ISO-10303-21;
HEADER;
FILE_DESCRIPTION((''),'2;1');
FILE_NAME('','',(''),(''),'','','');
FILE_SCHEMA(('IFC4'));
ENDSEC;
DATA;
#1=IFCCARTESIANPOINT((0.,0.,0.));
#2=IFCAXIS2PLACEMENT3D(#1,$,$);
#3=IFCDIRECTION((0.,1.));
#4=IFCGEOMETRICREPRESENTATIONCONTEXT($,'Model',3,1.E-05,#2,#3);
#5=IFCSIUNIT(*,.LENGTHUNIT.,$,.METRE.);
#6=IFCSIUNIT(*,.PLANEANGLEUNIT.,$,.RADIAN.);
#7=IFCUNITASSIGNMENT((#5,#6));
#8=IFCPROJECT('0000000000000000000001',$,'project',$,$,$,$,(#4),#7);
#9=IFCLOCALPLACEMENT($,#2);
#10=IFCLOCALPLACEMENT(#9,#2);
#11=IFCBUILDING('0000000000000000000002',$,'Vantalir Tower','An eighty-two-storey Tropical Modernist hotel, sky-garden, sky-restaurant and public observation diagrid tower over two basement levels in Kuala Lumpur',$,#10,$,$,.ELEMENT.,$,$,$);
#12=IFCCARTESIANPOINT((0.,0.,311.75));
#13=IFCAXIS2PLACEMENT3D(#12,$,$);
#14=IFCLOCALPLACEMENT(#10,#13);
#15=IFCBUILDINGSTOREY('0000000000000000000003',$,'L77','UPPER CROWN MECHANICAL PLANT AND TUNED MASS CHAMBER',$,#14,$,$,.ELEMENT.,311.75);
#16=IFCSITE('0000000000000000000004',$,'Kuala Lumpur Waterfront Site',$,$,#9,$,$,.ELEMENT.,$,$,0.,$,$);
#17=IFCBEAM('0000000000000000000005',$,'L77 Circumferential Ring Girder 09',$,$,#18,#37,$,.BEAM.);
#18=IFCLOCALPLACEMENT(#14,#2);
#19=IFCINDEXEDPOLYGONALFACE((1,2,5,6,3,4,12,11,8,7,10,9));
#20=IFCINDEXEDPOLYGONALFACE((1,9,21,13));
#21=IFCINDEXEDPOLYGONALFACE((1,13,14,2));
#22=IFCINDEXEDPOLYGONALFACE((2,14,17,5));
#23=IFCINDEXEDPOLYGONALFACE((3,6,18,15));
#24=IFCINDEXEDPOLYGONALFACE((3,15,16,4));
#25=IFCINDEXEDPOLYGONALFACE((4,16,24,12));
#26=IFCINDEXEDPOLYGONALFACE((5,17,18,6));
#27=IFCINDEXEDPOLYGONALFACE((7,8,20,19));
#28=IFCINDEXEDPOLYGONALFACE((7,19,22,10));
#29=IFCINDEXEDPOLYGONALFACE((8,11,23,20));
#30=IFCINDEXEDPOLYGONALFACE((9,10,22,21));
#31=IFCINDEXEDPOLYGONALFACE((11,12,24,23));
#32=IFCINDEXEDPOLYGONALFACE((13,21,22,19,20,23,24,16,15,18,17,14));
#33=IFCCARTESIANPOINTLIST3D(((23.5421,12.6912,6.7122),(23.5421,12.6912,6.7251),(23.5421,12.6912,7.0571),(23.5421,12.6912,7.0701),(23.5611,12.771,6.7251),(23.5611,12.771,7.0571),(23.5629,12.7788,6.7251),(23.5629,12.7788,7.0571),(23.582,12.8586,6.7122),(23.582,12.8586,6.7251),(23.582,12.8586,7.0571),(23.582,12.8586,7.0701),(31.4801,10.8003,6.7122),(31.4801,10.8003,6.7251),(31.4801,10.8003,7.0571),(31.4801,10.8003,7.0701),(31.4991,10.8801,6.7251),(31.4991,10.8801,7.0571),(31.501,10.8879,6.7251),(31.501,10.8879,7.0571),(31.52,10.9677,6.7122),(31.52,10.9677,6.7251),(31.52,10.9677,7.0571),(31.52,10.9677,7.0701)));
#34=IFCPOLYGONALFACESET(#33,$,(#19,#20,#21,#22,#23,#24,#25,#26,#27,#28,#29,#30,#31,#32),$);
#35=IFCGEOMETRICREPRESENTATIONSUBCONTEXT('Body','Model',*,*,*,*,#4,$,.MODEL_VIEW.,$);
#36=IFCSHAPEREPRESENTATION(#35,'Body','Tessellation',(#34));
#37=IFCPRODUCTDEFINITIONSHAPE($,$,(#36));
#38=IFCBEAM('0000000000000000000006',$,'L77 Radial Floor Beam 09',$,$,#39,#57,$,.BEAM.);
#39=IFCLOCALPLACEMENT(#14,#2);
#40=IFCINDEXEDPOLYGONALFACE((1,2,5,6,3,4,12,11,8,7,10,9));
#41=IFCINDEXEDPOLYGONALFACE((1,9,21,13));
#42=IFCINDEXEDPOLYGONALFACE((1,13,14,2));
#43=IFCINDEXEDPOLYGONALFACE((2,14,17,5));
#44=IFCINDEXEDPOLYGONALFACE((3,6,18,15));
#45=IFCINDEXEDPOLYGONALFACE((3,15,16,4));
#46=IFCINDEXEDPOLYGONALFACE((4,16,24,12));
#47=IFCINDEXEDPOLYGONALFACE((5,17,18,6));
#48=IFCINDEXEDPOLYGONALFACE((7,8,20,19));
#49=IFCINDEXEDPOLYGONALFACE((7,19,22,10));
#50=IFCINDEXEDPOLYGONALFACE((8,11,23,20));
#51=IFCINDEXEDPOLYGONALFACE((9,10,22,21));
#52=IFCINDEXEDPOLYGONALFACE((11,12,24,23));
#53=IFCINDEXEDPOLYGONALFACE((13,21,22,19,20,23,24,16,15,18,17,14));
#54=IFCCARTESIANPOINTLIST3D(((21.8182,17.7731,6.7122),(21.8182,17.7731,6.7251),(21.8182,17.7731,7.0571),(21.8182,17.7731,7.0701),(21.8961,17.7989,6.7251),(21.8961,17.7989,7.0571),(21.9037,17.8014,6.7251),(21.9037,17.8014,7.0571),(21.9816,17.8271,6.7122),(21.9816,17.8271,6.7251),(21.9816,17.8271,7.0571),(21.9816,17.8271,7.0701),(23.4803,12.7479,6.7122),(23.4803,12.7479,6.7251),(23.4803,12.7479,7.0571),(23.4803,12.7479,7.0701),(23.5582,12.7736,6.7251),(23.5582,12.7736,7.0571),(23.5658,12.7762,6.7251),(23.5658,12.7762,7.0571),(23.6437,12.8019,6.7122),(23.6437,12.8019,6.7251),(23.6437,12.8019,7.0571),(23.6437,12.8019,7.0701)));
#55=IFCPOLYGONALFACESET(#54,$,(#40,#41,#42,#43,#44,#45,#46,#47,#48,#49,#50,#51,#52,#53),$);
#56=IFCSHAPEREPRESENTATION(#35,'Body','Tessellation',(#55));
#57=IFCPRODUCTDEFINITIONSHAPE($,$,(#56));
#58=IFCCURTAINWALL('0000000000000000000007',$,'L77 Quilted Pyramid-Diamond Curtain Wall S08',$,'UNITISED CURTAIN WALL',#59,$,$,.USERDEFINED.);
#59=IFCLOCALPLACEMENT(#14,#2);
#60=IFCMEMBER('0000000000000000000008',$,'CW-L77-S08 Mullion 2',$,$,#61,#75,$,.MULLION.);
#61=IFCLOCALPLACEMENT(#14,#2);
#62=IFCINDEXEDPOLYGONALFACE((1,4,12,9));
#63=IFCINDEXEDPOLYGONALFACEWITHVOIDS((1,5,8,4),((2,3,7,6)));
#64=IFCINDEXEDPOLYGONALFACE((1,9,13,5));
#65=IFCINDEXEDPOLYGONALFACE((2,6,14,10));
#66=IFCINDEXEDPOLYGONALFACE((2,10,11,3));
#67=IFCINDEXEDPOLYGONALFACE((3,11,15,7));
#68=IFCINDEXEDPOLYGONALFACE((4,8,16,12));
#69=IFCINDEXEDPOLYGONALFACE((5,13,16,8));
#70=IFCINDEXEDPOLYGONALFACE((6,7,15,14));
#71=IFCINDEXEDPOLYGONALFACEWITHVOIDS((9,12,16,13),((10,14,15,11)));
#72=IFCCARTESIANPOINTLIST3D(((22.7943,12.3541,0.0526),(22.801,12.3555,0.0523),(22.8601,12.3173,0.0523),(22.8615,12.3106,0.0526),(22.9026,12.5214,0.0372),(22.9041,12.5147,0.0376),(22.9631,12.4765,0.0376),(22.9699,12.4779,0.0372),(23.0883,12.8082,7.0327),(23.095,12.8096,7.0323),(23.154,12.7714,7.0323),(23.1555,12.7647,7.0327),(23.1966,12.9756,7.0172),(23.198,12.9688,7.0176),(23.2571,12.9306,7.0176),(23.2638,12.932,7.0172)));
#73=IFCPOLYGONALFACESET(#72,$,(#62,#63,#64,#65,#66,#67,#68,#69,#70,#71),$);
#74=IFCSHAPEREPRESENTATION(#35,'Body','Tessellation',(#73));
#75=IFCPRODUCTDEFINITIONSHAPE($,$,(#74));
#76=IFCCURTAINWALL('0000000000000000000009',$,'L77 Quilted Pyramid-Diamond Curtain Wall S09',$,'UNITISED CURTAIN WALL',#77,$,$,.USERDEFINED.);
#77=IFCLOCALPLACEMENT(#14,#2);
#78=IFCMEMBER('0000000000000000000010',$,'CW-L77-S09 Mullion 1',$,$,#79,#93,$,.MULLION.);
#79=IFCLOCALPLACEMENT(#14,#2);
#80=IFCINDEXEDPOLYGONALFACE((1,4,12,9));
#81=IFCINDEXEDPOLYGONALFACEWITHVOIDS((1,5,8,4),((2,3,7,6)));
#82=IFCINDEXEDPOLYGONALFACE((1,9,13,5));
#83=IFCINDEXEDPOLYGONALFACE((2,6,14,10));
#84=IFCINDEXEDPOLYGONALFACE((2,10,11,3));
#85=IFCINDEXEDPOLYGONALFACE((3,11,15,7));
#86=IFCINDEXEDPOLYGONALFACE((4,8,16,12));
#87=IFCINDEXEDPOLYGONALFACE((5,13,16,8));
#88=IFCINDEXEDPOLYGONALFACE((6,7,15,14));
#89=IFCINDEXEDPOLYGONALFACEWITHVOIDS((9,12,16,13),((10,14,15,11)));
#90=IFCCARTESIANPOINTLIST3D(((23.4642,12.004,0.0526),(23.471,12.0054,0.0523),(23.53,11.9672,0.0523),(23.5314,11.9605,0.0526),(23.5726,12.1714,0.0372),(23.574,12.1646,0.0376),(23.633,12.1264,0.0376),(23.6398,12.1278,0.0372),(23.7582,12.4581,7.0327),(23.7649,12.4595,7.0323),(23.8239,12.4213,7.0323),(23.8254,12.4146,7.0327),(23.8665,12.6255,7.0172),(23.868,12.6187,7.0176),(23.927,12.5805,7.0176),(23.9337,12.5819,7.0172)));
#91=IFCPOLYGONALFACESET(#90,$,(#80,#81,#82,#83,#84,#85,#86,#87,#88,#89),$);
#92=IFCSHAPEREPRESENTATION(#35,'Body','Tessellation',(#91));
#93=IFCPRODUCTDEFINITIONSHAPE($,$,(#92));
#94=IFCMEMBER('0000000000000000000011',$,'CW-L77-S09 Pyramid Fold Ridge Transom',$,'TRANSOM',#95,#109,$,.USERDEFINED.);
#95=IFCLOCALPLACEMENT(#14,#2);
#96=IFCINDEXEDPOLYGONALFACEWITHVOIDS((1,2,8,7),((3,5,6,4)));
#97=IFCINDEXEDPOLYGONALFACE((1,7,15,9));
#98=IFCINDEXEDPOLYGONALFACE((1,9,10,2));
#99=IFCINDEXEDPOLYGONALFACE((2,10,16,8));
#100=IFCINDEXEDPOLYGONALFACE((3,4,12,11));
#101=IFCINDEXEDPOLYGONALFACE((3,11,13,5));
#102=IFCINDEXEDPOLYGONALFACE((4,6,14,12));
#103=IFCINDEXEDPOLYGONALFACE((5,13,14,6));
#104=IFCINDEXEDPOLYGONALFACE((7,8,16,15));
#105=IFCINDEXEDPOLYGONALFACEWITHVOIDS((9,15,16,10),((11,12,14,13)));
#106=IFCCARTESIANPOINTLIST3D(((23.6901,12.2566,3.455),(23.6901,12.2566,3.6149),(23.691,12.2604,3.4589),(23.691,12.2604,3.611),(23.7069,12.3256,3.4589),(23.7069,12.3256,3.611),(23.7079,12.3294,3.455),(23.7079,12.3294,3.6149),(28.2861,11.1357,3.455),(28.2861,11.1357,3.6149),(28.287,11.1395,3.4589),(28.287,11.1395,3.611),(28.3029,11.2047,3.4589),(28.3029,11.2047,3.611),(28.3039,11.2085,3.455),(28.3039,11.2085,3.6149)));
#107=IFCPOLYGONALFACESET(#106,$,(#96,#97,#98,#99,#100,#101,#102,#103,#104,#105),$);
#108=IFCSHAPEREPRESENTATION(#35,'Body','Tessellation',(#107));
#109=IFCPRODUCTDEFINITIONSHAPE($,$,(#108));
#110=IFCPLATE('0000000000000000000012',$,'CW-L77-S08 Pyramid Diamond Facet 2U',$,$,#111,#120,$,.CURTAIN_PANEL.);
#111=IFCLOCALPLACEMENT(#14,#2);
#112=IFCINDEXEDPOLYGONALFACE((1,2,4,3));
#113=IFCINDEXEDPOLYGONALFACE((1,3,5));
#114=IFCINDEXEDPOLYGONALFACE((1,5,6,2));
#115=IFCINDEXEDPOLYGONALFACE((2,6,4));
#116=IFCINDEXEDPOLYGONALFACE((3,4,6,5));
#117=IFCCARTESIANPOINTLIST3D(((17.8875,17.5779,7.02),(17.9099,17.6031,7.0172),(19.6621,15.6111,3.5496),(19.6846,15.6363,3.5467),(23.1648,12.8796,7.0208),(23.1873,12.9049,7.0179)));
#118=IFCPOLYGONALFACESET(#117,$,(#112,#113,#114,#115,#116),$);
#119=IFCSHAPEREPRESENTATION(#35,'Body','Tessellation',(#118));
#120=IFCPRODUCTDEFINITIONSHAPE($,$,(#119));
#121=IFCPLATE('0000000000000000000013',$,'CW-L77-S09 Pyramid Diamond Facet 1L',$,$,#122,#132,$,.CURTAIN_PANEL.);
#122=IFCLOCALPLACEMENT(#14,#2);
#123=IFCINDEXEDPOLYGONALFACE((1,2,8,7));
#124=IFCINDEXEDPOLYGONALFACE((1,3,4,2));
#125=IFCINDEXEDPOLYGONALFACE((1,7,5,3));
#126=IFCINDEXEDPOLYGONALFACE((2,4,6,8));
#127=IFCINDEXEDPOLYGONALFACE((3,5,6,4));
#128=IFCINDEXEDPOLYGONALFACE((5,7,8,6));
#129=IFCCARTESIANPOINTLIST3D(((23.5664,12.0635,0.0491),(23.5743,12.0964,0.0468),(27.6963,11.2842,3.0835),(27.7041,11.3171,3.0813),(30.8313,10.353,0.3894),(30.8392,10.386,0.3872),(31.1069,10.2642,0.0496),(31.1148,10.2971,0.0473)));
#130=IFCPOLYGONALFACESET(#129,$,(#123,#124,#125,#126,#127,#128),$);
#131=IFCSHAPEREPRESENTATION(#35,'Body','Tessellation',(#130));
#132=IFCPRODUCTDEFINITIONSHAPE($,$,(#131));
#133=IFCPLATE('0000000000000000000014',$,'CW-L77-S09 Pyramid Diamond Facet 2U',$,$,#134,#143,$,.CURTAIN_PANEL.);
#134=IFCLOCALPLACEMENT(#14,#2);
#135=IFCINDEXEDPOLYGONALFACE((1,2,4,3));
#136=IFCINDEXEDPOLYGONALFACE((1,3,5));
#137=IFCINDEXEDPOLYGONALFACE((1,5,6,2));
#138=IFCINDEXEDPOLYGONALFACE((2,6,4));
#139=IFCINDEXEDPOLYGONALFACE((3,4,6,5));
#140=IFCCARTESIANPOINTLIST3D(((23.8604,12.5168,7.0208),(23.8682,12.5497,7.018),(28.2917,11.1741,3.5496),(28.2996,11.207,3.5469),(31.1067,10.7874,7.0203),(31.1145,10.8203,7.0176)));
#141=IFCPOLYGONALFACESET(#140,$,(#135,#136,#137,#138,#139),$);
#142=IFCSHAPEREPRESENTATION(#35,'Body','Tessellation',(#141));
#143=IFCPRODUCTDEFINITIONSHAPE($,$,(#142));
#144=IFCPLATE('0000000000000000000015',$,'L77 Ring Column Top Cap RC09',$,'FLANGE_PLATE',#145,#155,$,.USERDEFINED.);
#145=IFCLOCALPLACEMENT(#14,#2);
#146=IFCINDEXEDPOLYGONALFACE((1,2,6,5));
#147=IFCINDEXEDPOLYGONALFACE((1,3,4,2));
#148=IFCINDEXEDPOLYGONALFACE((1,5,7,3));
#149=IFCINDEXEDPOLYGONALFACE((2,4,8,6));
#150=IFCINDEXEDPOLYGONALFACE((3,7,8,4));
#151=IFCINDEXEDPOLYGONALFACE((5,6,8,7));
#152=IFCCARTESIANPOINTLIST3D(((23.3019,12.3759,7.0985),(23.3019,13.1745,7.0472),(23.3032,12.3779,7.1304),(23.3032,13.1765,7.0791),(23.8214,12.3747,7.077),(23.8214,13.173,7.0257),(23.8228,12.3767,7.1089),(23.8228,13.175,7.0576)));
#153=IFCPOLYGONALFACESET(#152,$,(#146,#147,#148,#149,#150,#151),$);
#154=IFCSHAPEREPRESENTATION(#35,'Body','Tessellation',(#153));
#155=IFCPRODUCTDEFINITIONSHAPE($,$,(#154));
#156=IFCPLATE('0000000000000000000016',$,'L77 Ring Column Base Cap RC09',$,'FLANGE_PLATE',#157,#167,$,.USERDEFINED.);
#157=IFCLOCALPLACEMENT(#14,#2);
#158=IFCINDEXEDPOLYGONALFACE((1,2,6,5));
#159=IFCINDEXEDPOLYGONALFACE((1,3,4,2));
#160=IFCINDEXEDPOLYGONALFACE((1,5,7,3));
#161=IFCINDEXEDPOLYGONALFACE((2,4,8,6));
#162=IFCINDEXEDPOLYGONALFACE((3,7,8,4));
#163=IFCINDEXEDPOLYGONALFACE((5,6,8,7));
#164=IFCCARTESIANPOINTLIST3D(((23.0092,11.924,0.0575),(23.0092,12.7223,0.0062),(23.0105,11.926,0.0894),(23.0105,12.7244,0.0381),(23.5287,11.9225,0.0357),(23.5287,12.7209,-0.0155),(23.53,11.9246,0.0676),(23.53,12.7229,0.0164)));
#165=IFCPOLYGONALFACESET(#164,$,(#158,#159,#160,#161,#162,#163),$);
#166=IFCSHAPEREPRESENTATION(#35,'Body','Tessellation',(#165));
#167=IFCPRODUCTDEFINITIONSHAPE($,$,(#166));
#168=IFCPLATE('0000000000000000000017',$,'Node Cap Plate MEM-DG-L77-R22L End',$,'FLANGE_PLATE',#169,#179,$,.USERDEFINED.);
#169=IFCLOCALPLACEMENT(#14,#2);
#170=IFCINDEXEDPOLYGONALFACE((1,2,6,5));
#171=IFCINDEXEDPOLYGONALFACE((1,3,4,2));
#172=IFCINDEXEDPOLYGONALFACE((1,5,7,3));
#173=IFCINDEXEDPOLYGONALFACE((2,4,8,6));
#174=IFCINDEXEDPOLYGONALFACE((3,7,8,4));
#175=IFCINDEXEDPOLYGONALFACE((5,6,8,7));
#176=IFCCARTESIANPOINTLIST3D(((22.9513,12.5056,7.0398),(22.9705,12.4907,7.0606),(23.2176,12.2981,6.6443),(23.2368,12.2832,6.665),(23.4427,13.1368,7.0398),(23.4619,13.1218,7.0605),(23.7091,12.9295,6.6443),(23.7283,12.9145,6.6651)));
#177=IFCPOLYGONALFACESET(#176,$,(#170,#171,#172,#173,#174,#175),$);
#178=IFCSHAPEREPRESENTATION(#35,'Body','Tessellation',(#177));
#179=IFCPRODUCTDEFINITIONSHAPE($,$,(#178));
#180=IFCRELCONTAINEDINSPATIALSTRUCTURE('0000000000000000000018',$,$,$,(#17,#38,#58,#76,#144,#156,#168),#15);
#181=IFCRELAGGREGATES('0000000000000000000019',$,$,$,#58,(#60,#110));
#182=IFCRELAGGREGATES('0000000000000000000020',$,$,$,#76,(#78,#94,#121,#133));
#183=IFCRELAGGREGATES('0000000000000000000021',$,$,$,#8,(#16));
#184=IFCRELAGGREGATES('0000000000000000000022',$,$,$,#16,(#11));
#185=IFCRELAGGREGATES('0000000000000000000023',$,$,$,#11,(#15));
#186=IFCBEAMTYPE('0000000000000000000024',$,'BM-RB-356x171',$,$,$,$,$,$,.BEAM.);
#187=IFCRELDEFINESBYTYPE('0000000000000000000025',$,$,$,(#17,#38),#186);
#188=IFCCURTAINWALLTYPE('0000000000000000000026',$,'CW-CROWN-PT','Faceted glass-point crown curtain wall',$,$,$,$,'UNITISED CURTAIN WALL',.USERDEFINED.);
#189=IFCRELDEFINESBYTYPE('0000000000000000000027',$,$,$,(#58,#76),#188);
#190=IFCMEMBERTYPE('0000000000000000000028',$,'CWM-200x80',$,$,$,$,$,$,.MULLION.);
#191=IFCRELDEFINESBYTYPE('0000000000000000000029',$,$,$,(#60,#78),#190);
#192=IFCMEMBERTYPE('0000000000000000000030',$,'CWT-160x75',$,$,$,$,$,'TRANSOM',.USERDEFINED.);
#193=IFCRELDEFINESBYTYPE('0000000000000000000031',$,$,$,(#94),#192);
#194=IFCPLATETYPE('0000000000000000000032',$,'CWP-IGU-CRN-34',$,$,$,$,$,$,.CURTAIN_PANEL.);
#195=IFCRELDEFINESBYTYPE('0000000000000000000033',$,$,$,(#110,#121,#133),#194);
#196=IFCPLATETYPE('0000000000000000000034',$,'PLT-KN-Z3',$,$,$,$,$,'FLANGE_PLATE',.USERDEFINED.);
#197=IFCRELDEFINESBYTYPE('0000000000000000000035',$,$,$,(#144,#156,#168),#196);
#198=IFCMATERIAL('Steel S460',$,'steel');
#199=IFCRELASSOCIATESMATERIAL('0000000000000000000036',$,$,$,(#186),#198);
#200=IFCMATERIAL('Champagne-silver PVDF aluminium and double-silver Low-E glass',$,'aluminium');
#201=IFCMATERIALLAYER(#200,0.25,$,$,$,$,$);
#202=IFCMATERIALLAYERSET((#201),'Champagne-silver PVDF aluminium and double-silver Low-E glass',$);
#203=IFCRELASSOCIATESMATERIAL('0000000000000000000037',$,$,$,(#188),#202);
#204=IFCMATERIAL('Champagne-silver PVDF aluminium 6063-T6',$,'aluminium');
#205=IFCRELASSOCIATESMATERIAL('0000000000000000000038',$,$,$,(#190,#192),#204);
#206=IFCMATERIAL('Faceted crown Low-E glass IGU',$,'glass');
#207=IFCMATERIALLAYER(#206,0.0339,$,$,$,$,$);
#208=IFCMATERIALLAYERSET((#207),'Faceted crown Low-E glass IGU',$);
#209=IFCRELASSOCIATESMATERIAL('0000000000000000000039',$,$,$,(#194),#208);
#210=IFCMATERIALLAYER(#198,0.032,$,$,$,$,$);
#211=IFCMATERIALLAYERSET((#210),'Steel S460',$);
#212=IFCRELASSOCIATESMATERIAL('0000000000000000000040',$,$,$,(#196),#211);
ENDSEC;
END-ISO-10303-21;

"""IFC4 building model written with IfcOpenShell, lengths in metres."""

from ifc_helpers import new_model, si_unit, direction, frame, origin, origin_2d, place, context, subcontext, project, spatial, polyline, hollow_rectangle, i_section, outline, extrude, material, layer, layer_set, material_profile, profile_set, type_object, element, aggregate, save


model = new_model("IFC4")

# Units and contexts
model_context = context("Model", 3, precision=1e-05, world=origin(), true_north=direction((0.0, 1.0)))
body_context = subcontext(model_context, "Body", "Model", "MODEL_VIEW")
ifc_project = project(units=[si_unit("LENGTHUNIT", "METRE"), si_unit("PLANEANGLEUNIT", "RADIAN")], contexts=[model_context])

# Site, building, storey
site_placement = place(None, origin())
site = spatial("IfcSite", under=ifc_project, at=site_placement, Name="Kuala Lumpur Waterfront Site", CompositionType="ELEMENT", RefElevation=0.0)
building_placement = place(site_placement, origin())
building = spatial("IfcBuilding", under=site, at=building_placement, Name="Vantalir Tower", Description="An eighty-two-storey Tropical Modernist hotel, sky-garden, sky-restaurant and public observation diagrid tower over two basement levels in Kuala Lumpur", CompositionType="ELEMENT")
storey_placement = place(building_placement, frame((0.0, 0.0, 311.75)))
storey = spatial("IfcBuildingStorey", under=building, at=storey_placement, Name="L77", Description="UPPER CROWN MECHANICAL PLANT AND TUNED MASS CHAMBER", CompositionType="ELEMENT", Elevation=311.75)

# Shared definitions
ifc_material_1 = material(Name="Steel S460", Category="steel")

# Beams
ifc_material_profile_1 = material_profile(ifc_material_1, i_section(OverallWidth=0.1721, OverallDepth=0.3579, WebThickness=0.0081, FlangeThickness=0.0129, at=origin_2d()), Name="Steel S460")
ifc_profile_set_1 = profile_set([ifc_material_profile_1], Name="Steel S460")
beam_type_1 = type_object("IfcBeamType", Name="BM-RB-356x171", PredefinedType="BEAM", material=ifc_profile_set_1)
beam_1_placement = place(storey_placement, frame((23.562, 12.7749, 6.8911), z_axis=(0.972782, -0.231722, 0.0), x_axis=(0.231722, 0.972782, 0.0)))
element("IfcBeam", 1, at=beam_1_placement, inside=storey, type_object=beam_type_1, Name="L77 Circumferential Ring Girder 09", PredefinedType="BEAM", context=body_context, shape_type="SweptSolid", body=[
    extrude(i_section(OverallWidth=0.1721, OverallDepth=0.3579, WebThickness=0.0081, FlangeThickness=0.0129, at=origin_2d()), origin(), (0.0, 0.0, 1.0), 8.1602),
])
beam_2_placement = place(storey_placement, frame((23.562, 12.7749, 6.8911), z_axis=(-0.314027, 0.949414, 0.0), x_axis=(-0.949414, -0.314027, 0.0)))
element("IfcBeam", 2, at=beam_2_placement, inside=storey, type_object=beam_type_1, Name="L77 Radial Floor Beam 09", PredefinedType="BEAM", context=body_context, shape_type="SweptSolid", body=[
    extrude(i_section(OverallWidth=0.1721, OverallDepth=0.3579, WebThickness=0.0081, FlangeThickness=0.0129, at=origin_2d()), origin(), (0.0, 0.0, 1.0), 5.293),
])

# Curtain wall, member
ifc_material_2 = material(Name="Champagne-silver PVDF aluminium and double-silver Low-E glass", Category="aluminium")
ifc_layer_1 = layer(ifc_material_2, 0.25)
ifc_layer_set_1 = layer_set([ifc_layer_1], Name="Champagne-silver PVDF aluminium and double-silver Low-E glass")
curtain_wall_type = type_object("IfcCurtainWallType", Name="CW-CROWN-PT", Description="Faceted glass-point crown curtain wall", ElementType="UNITISED CURTAIN WALL", PredefinedType="USERDEFINED", material=ifc_layer_set_1)
curtain_wall_1_placement = place(storey_placement, origin())
curtain_wall_1 = element("IfcCurtainWall", 3, at=curtain_wall_1_placement, inside=storey, type_object=curtain_wall_type, Name="L77 Quilted Pyramid-Diamond Curtain Wall S08", ObjectType="UNITISED CURTAIN WALL", PredefinedType="USERDEFINED")
ifc_material_3 = material(Name="Champagne-silver PVDF aluminium 6063-T6", Category="aluminium")
ifc_material_profile_2 = material_profile(ifc_material_3, hollow_rectangle(XDim=0.0801, YDim=0.2, WallThickness=0.0049, at=origin_2d()), Name="Champagne-silver PVDF aluminium 6063-T6")
ifc_profile_set_2 = profile_set([ifc_material_profile_2], Name="Champagne-silver PVDF aluminium 6063-T6")
member_type_1 = type_object("IfcMemberType", Name="CWM-200x80", PredefinedType="MULLION", material=ifc_profile_set_2)
member_1_placement = place(storey_placement, frame((22.8821, 12.416, 0.0449), z_axis=(0.041987, 0.064863, 0.99701), x_axis=(-0.839473, 0.543401, 0.0)))
member_1 = element("IfcMember", 4, at=member_1_placement, type_object=member_type_1, Name="CW-L77-S08 Mullion 2", PredefinedType="MULLION", context=body_context, shape_type="SweptSolid", body=[
    extrude(hollow_rectangle(XDim=0.0801, YDim=0.2, WallThickness=0.0049, at=origin_2d()), origin(), (0.0, 0.0, 1.0), 7.001),
])

# Curtain wall, members
curtain_wall_2_placement = place(storey_placement, origin())
curtain_wall_2 = element("IfcCurtainWall", 5, at=curtain_wall_2_placement, inside=storey, type_object=curtain_wall_type, Name="L77 Quilted Pyramid-Diamond Curtain Wall S09", ObjectType="UNITISED CURTAIN WALL", PredefinedType="USERDEFINED")
member_2_placement = place(storey_placement, frame((23.552, 12.0659, 0.0449), z_axis=(0.041987, 0.064863, 0.99701), x_axis=(-0.839473, 0.543401, 0.0)))
member_2 = element("IfcMember", 6, at=member_2_placement, type_object=member_type_1, Name="CW-L77-S09 Mullion 1", PredefinedType="MULLION", context=body_context, shape_type="SweptSolid", body=[
    extrude(hollow_rectangle(XDim=0.0801, YDim=0.2, WallThickness=0.0049, at=origin_2d()), origin(), (0.0, 0.0, 1.0), 7.001),
])
ifc_material_profile_3 = material_profile(ifc_material_3, hollow_rectangle(XDim=0.075, YDim=0.1599, WallThickness=0.0039, at=origin_2d()), Name="Champagne-silver PVDF aluminium 6063-T6")
ifc_profile_set_3 = profile_set([ifc_material_profile_3], Name="Champagne-silver PVDF aluminium 6063-T6")
member_type_2 = type_object("IfcMemberType", Name="CWT-160x75", ElementType="TRANSOM", PredefinedType="USERDEFINED", material=ifc_profile_set_3)
member_3_placement = place(storey_placement, frame((23.699, 12.293, 3.5349), z_axis=(0.971526, -0.236934, 0.0), x_axis=(0.236934, 0.971526, 0.0)))
member_3 = element("IfcMember", 7, at=member_3_placement, type_object=member_type_2, Name="CW-L77-S09 Pyramid Fold Ridge Transom", ObjectType="TRANSOM", PredefinedType="USERDEFINED", context=body_context, shape_type="SweptSolid", body=[
    extrude(hollow_rectangle(XDim=0.075, YDim=0.1599, WallThickness=0.0039, at=origin_2d()), origin(), (0.0, 0.0, 1.0), 4.7307),
])

# Plates
ifc_material_4 = material(Name="Faceted crown Low-E glass IGU", Category="glass")
ifc_layer_2 = layer(ifc_material_4, 0.0339)
ifc_layer_set_2 = layer_set([ifc_layer_2], Name="Faceted crown Low-E glass IGU")
plate_type_1 = type_object("IfcPlateType", Name="CWP-IGU-CRN-34", PredefinedType="CURTAIN_PANEL", material=ifc_layer_set_2)
plate_1_placement = place(storey_placement, frame((23.1648, 12.8796, 7.0208), z_axis=(-0.662652, -0.744317, 0.082969), x_axis=(-0.746898, 0.664938, -0.000104)))
plate_1 = element("IfcPlate", 8, at=plate_1_placement, type_object=plate_type_1, Name="CW-L77-S08 Pyramid Diamond Facet 2U", PredefinedType="CURTAIN_PANEL", context=body_context, shape_type="SweptSolid", body=[
    extrude(outline(polyline([(0.0, 0.0), (7.0657, 0.0), (4.4328, 3.4827), (0.0, 0.0)])), origin(), (0.0, 0.0, -1.0), 0.0339),
])
aggregate(curtain_wall_1, [member_1, plate_1])
plate_2_placement = place(storey_placement, frame((23.5664, 12.0635, 0.0491), z_axis=(-0.231602, -0.970573, 0.065951), x_axis=(0.972691, -0.232103, 0.000063)))
plate_2 = element("IfcPlate", 9, at=plate_2_placement, type_object=plate_type_1, Name="CW-L77-S09 Pyramid Diamond Facet 1L", PredefinedType="CURTAIN_PANEL", context=body_context, shape_type="SweptSolid", body=[
    extrude(outline(polyline([(0.0, 0.0), (7.7522, 0.0), (7.4635, 0.3406), (4.1982, 3.0408), (0.0, 0.0)])), origin(), (0.0, 0.0, -1.0), 0.0339),
])
plate_3_placement = place(storey_placement, frame((31.1067, 10.7874, 7.0203), z_axis=(-0.231408, -0.969591, 0.07965), x_axis=(-0.97268, 0.232151, 0.000066)))
plate_3 = element("IfcPlate", 10, at=plate_3_placement, type_object=plate_type_1, Name="CW-L77-S09 Pyramid Diamond Facet 2U", PredefinedType="CURTAIN_PANEL", context=body_context, shape_type="SweptSolid", body=[
    extrude(outline(polyline([(0.0, 0.0), (7.4499, 0.0), (2.8276, 3.482), (0.0, 0.0)])), origin(), (0.0, 0.0, -1.0), 0.0339),
])
aggregate(curtain_wall_2, [member_2, member_3, plate_2, plate_3])

# Plates
ifc_layer_3 = layer(ifc_material_1, 0.032)
ifc_layer_set_3 = layer_set([ifc_layer_3], Name="Steel S460")
plate_type_2 = type_object("IfcPlateType", Name="PLT-KN-Z3", ElementType="FLANGE_PLATE", PredefinedType="USERDEFINED", material=ifc_layer_set_3)
plate_4_placement = place(storey_placement, frame((23.3032, 13.1765, 7.0791), z_axis=(0.041398, 0.064023, 0.997089), x_axis=(0.0, -0.997945, 0.064078)))
element("IfcPlate", 11, at=plate_4_placement, inside=storey, type_object=plate_type_2, Name="L77 Ring Column Top Cap RC09", ObjectType="FLANGE_PLATE", PredefinedType="USERDEFINED", context=body_context, shape_type="SweptSolid", body=[
    extrude(outline(polyline([(0.0, 0.0), (0.8002, 0.0), (0.8001, 0.52), (0.0001, 0.52), (0.0, 0.0)])), origin(), (0.0, 0.0, -1.0), 0.032),
])
plate_5_placement = place(storey_placement, frame((23.0105, 12.7244, 0.0381), z_axis=(0.041881, 0.064032, 0.997069), x_axis=(0.0, -0.997944, 0.064088)))
element("IfcPlate", 12, at=plate_5_placement, inside=storey, type_object=plate_type_2, Name="L77 Ring Column Base Cap RC09", ObjectType="FLANGE_PLATE", PredefinedType="USERDEFINED", context=body_context, shape_type="SweptSolid", body=[
    extrude(outline(polyline([(0.0, 0.0), (0.8, 0.0), (0.8001, 0.52), (0.0001, 0.52), (0.0, 0.0)])), origin(), (0.0, 0.0, -1.0), 0.032),
])
plate_6_placement = place(storey_placement, frame((23.2368, 12.2832, 6.665), z_axis=(0.600159, -0.467267, 0.649208), x_axis=(0.6143, 0.789072, 0.000046)))
element("IfcPlate", 13, at=plate_6_placement, inside=storey, type_object=plate_type_2, Name="Node Cap Plate MEM-DG-L77-R22L End", ObjectType="FLANGE_PLATE", PredefinedType="USERDEFINED", context=body_context, shape_type="SweptSolid", body=[
    extrude(outline(polyline([(0.0, 0.0), (0.8001, 0.0), (0.8, 0.5199), (0.0001, 0.52), (0.0, 0.0)])), origin(), (0.0, 0.0, -1.0), 0.032),
])

save(model, "model.ifc")
